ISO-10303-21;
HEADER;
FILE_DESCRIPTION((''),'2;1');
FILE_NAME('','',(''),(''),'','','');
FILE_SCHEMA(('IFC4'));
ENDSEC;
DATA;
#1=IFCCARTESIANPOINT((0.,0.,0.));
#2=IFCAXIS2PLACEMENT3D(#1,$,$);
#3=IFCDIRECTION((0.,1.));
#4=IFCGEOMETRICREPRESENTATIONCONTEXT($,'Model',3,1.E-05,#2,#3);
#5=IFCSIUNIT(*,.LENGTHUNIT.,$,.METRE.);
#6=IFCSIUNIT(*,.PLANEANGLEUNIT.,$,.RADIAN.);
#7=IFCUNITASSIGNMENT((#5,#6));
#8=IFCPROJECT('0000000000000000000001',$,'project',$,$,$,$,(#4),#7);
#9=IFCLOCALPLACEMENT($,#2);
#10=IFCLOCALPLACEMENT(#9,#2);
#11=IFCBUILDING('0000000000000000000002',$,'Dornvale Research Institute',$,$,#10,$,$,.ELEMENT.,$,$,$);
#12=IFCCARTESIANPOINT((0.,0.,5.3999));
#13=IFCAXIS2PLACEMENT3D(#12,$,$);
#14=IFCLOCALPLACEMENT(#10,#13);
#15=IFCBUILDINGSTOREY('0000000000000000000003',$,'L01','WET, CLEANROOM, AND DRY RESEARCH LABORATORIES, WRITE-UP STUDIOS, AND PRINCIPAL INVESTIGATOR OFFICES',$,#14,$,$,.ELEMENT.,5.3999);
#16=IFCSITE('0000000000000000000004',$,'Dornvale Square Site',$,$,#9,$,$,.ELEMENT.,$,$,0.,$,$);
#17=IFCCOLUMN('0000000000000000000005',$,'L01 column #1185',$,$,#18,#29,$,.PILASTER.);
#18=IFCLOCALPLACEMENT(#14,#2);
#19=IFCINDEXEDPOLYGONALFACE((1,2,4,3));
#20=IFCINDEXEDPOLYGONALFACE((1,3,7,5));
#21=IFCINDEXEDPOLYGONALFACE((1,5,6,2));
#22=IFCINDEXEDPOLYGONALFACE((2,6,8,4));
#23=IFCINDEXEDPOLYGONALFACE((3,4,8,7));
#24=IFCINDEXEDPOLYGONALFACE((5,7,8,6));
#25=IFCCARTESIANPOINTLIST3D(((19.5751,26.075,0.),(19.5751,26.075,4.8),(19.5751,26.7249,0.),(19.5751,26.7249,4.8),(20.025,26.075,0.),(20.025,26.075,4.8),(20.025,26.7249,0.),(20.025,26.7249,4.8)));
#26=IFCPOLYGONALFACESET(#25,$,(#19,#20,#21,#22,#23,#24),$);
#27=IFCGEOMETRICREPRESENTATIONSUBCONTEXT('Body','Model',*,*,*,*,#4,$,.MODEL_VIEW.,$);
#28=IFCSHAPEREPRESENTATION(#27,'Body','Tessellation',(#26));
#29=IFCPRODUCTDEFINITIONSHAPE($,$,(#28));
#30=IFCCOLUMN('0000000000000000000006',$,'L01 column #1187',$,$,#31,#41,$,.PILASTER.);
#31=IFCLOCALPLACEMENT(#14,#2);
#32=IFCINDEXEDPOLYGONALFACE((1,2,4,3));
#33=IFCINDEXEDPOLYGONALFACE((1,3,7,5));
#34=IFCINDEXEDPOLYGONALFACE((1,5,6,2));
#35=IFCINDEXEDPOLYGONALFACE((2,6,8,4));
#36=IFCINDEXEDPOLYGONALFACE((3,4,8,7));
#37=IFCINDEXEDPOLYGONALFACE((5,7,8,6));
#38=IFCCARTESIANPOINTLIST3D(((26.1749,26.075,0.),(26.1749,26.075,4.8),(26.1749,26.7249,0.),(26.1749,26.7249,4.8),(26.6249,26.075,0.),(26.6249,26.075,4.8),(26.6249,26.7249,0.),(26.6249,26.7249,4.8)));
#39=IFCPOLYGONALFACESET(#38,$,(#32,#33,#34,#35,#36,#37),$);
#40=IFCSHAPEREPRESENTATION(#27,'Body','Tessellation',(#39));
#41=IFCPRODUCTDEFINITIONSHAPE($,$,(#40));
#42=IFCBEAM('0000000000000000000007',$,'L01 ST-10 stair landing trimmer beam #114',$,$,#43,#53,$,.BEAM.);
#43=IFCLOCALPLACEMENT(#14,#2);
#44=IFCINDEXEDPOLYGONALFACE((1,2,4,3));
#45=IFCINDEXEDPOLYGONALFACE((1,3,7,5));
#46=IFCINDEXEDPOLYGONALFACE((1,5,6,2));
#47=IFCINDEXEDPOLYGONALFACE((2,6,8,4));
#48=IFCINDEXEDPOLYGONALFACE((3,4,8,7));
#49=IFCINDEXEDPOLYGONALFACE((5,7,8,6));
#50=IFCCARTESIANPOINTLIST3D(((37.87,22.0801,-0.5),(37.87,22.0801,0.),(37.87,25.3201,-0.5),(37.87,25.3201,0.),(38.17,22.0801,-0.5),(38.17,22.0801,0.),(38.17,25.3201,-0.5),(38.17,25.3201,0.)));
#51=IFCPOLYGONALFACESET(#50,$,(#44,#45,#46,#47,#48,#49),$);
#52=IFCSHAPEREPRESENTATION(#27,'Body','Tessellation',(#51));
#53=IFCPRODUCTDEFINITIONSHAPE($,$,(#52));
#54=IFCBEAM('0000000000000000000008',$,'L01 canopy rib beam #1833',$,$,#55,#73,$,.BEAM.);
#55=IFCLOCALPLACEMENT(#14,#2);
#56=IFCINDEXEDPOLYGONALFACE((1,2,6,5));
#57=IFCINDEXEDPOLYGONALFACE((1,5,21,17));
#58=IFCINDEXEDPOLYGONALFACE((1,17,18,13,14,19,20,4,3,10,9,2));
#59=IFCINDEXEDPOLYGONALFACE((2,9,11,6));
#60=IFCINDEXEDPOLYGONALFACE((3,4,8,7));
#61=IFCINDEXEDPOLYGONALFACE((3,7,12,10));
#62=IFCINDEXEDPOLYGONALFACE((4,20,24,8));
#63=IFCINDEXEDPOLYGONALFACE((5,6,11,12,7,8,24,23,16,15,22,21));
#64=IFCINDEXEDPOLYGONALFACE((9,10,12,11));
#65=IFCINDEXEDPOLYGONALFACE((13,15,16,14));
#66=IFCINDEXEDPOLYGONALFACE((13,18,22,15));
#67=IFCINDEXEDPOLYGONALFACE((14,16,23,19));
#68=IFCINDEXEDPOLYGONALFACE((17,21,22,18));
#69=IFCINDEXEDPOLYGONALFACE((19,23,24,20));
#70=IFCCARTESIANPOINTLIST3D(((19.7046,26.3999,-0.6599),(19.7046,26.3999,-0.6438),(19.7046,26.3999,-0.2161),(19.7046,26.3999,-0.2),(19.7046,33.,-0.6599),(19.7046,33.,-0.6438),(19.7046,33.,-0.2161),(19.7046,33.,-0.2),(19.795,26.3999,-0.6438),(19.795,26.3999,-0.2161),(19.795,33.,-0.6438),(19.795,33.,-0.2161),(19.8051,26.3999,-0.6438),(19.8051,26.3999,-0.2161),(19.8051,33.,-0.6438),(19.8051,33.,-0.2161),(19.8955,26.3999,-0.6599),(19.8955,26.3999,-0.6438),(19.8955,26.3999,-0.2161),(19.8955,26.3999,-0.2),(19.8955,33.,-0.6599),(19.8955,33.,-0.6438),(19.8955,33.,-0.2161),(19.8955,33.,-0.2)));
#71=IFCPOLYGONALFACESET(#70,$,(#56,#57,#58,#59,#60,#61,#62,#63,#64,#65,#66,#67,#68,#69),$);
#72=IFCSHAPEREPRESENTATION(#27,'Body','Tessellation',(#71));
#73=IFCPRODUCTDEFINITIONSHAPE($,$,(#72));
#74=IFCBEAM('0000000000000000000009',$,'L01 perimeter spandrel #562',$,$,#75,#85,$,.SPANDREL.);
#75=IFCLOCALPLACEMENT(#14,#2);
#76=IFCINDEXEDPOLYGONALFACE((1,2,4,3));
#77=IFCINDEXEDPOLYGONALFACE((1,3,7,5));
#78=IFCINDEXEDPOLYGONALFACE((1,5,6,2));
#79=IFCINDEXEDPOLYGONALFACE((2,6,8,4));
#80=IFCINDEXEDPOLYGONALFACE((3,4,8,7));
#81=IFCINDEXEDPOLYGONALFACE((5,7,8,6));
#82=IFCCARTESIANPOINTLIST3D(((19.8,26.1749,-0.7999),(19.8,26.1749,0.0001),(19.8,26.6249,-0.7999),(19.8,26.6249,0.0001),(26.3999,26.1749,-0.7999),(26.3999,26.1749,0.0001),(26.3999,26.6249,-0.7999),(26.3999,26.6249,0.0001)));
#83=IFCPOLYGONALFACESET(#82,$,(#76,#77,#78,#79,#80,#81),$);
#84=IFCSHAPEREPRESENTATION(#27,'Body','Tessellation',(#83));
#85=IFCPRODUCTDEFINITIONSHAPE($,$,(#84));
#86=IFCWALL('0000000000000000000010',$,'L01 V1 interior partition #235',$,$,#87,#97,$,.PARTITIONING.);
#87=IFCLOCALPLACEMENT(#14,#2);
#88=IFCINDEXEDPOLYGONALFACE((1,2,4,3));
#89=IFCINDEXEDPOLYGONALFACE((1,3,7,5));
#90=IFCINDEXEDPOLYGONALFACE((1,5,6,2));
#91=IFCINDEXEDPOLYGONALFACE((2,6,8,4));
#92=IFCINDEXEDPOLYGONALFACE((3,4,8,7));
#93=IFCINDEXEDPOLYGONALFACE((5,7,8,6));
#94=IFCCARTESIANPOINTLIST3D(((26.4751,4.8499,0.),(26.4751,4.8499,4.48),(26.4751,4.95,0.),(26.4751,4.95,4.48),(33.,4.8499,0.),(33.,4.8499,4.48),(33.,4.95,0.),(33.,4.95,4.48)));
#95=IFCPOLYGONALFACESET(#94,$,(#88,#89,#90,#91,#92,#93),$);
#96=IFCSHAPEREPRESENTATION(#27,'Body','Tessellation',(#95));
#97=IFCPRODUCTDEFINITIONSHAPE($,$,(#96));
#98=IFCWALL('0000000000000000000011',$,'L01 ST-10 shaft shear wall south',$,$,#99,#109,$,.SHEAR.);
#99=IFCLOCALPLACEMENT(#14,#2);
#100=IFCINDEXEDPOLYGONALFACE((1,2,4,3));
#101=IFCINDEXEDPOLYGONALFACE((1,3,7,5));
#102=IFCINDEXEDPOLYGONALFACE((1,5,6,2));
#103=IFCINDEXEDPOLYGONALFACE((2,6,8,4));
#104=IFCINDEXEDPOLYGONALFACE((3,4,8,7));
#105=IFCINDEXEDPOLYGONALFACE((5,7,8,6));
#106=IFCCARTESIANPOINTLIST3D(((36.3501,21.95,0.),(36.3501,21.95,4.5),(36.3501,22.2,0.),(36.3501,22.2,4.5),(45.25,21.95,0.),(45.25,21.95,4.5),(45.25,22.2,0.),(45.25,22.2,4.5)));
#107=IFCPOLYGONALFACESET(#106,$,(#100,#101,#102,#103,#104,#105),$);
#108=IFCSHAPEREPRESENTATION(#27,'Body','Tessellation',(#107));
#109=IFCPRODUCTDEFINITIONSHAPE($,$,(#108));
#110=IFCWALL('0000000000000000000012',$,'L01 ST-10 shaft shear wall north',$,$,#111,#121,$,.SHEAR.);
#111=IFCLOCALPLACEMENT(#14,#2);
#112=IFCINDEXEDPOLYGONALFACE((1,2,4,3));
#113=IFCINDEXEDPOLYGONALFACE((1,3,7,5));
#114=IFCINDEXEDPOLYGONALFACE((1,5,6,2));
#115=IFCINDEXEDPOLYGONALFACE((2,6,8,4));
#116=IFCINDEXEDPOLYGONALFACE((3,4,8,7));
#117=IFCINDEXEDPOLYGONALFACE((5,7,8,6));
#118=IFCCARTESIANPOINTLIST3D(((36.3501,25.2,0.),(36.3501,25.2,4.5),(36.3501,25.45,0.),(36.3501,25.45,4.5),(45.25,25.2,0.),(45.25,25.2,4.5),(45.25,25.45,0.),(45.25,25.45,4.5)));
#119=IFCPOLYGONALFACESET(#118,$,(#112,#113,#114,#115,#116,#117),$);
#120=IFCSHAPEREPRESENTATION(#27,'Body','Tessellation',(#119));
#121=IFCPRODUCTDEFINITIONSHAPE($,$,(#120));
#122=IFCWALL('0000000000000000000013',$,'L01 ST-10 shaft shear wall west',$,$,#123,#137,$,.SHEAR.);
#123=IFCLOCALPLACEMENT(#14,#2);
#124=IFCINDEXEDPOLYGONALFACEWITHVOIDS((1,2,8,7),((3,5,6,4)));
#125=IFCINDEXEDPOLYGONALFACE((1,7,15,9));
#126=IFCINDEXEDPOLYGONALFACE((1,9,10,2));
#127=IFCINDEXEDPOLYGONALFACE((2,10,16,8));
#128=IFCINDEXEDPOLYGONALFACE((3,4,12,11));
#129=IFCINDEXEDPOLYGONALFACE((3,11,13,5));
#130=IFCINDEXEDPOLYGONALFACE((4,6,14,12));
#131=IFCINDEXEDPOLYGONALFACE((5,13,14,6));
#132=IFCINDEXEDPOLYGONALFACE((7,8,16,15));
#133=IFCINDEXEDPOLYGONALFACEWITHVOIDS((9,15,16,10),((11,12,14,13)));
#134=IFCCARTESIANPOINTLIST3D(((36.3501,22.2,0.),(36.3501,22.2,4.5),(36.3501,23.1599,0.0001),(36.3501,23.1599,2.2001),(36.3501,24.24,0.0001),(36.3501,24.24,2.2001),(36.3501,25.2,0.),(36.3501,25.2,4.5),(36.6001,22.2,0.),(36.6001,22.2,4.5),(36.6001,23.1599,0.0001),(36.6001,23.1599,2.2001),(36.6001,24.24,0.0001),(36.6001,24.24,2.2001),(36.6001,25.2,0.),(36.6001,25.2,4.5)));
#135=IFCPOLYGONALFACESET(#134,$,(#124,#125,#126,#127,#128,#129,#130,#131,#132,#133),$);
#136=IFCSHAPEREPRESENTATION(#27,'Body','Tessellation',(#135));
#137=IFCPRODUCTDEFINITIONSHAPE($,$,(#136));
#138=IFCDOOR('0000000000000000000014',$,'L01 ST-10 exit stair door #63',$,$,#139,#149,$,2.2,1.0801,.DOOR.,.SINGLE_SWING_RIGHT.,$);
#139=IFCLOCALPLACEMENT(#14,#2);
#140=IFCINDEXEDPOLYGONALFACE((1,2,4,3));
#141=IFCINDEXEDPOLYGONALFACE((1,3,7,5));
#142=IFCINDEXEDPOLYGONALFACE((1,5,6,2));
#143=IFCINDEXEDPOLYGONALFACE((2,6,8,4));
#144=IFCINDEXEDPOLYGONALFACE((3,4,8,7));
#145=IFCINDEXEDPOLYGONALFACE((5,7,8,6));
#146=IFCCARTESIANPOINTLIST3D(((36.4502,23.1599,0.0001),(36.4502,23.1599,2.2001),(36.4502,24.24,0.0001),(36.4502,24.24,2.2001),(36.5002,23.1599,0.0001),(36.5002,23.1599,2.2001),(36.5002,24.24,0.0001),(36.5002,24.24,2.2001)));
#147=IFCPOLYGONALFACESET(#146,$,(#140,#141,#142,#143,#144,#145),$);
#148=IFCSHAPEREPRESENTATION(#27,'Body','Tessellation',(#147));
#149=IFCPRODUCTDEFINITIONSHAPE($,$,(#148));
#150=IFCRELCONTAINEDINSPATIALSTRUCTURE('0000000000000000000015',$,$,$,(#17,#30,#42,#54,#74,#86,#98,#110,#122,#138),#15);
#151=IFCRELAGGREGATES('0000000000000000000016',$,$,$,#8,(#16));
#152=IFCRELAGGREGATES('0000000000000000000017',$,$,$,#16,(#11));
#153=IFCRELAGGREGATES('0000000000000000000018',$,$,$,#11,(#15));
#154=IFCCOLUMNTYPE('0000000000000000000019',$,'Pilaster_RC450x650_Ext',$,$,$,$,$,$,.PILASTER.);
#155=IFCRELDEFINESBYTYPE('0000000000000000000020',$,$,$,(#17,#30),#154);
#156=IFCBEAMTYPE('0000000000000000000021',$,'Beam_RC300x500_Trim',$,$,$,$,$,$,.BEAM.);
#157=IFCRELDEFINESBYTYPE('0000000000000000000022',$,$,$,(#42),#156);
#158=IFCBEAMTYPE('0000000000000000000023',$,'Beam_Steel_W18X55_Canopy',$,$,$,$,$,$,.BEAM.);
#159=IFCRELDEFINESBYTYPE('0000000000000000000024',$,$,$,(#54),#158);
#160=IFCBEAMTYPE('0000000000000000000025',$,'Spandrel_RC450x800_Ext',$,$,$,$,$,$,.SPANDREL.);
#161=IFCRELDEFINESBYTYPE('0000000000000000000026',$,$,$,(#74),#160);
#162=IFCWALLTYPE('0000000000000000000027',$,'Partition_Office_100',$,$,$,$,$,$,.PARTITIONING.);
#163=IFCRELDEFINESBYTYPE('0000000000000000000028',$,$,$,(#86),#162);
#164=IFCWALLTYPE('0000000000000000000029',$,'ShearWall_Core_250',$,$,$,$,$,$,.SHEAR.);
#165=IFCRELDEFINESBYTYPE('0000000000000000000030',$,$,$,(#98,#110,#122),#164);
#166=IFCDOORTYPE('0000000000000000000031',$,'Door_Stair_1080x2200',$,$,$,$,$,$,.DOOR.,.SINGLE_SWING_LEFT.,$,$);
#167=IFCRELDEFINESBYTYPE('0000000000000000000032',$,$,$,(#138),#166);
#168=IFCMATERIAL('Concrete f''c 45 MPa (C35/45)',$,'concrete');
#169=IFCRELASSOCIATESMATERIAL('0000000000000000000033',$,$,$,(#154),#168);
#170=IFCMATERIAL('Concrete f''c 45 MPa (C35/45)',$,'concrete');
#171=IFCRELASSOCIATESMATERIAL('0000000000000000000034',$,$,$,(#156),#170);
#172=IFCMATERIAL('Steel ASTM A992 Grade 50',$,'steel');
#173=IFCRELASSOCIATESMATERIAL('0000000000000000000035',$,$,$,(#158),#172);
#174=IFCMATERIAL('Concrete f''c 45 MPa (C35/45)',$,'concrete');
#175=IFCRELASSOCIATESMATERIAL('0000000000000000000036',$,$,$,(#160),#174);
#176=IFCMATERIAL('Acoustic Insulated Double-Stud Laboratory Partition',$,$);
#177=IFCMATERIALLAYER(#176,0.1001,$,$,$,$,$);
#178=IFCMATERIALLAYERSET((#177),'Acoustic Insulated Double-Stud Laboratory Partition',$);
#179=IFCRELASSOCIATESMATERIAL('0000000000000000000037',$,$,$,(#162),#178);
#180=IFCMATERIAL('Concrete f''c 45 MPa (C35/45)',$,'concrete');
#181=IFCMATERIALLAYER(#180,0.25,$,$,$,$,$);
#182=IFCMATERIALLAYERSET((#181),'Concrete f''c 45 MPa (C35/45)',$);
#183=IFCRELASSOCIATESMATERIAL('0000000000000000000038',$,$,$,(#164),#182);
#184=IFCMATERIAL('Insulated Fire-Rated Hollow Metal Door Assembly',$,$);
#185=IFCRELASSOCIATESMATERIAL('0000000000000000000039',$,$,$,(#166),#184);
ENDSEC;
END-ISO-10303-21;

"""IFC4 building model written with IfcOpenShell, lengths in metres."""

from ifc_helpers import new_model, si_unit, direction, frame, frame_2d, origin, origin_2d, place, context, subcontext, project, spatial, rectangle, i_section, extrude, material, layer, layer_set, material_profile, profile_set, type_object, element, fill, save


model = new_model("IFC4")

# Units and contexts
model_context = context("Model", 3, precision=1e-05, world=origin(), true_north=direction((0.0, 1.0)))
body_context = subcontext(model_context, "Body", "Model", "MODEL_VIEW")
ifc_project = project(units=[si_unit("LENGTHUNIT", "METRE"), si_unit("PLANEANGLEUNIT", "RADIAN")], contexts=[model_context])

# Site, building, storey
site_placement = place(None, origin())
site = spatial("IfcSite", under=ifc_project, at=site_placement, Name="Dornvale Square Site", CompositionType="ELEMENT", RefElevation=0.0)
building_placement = place(site_placement, origin())
building = spatial("IfcBuilding", under=site, at=building_placement, Name="Dornvale Research Institute", CompositionType="ELEMENT")
storey_placement = place(building_placement, frame((0.0, 0.0, 5.3999)))
storey = spatial("IfcBuildingStorey", under=building, at=storey_placement, Name="L01", Description="WET, CLEANROOM, AND DRY RESEARCH LABORATORIES, WRITE-UP STUDIOS, AND PRINCIPAL INVESTIGATOR OFFICES", CompositionType="ELEMENT", Elevation=5.3999)

# Columns
ifc_material_1 = material(Name="Concrete f'c 45 MPa (C35/45)", Category="concrete")
ifc_material_profile_1 = material_profile(ifc_material_1, rectangle(XDim=0.45, YDim=0.6499, at=origin_2d()), Name="RC 450x650")
ifc_profile_set_1 = profile_set([ifc_material_profile_1], Name="Concrete f'c 45 MPa (C35/45)")
column_type = type_object("IfcColumnType", Name="Pilaster_RC450x650_Ext", PredefinedType="PILASTER", material=ifc_profile_set_1)
for number, where, z_axis, x_axis, name in (
    (1, (19.8, 26.3999, 0.0), (0.0, 0.0, 1.0), (1.0, 0.0, 0.0), "L01 column #1185"),
    (2, (26.3999, 26.3999, 0.0), (0.0, 0.0, 1.0), (1.0, 0.0, 0.0), "L01 column #1187"),
):
    element("IfcColumn", number, at=place(storey_placement, frame(where, z_axis=z_axis, x_axis=x_axis)), inside=storey, type_object=column_type, Name=name, PredefinedType="PILASTER", context=body_context, shape_type="SweptSolid", body=[
        extrude(rectangle(XDim=0.45, YDim=0.6499, at=origin_2d()), origin(), (0.0, 0.0, 1.0), 4.8),
    ])

# Beams
ifc_material_2 = material(Name="Concrete f'c 45 MPa (C35/45)", Category="concrete")
ifc_material_profile_2 = material_profile(ifc_material_2, rectangle(XDim=0.3, YDim=0.5, at=origin_2d()), Name="RC 300x500")
ifc_profile_set_2 = profile_set([ifc_material_profile_2], Name="Concrete f'c 45 MPa (C35/45)")
beam_type_1 = type_object("IfcBeamType", Name="Beam_RC300x500_Trim", PredefinedType="BEAM", material=ifc_profile_set_2)
beam_1_placement = place(storey_placement, frame((38.02, 22.0801, -0.25), z_axis=(0.0, 1.0, 0.0), x_axis=(-1.0, 0.0, 0.0)))
element("IfcBeam", 3, at=beam_1_placement, inside=storey, type_object=beam_type_1, Name="L01 ST-10 stair landing trimmer beam #114", PredefinedType="BEAM", context=body_context, shape_type="SweptSolid", body=[
    extrude(rectangle(XDim=0.3, YDim=0.5, at=origin_2d()), origin(), (0.0, 0.0, 1.0), 3.24),
])
ifc_material_3 = material(Name="Steel ASTM A992 Grade 50", Category="steel")
ifc_material_profile_3 = material_profile(ifc_material_3, i_section(OverallWidth=0.1909, OverallDepth=0.46, WebThickness=0.01, FlangeThickness=0.0161, at=origin_2d()), Name="W18X55")
ifc_profile_set_3 = profile_set([ifc_material_profile_3], Name="Steel ASTM A992 Grade 50")
beam_type_2 = type_object("IfcBeamType", Name="Beam_Steel_W18X55_Canopy", PredefinedType="BEAM", material=ifc_profile_set_3)
beam_2_placement = place(storey_placement, frame((19.8, 26.3999, -0.4299), z_axis=(0.0, 1.0, 0.0), x_axis=(-1.0, 0.0, 0.0)))
element("IfcBeam", 4, at=beam_2_placement, inside=storey, type_object=beam_type_2, Name="L01 canopy rib beam #1833", PredefinedType="BEAM", context=body_context, shape_type="SweptSolid", body=[
    extrude(i_section(OverallWidth=0.1909, OverallDepth=0.46, WebThickness=0.01, FlangeThickness=0.0161, at=origin_2d()), origin(), (0.0, 0.0, 1.0), 6.6001),
])
ifc_material_4 = material(Name="Concrete f'c 45 MPa (C35/45)", Category="concrete")
ifc_material_profile_4 = material_profile(ifc_material_4, rectangle(XDim=0.45, YDim=0.8, at=origin_2d()), Name="RC 450x800")
ifc_profile_set_4 = profile_set([ifc_material_profile_4], Name="Concrete f'c 45 MPa (C35/45)")
beam_type_3 = type_object("IfcBeamType", Name="Spandrel_RC450x800_Ext", PredefinedType="SPANDREL", material=ifc_profile_set_4)
beam_3_placement = place(storey_placement, frame((19.8, 26.3999, -0.3999), z_axis=(1.0, 0.0, 0.0), x_axis=(0.0, 1.0, 0.0)))
element("IfcBeam", 5, at=beam_3_placement, inside=storey, type_object=beam_type_3, Name="L01 perimeter spandrel #562", PredefinedType="SPANDREL", context=body_context, shape_type="SweptSolid", body=[
    extrude(rectangle(XDim=0.45, YDim=0.8, at=origin_2d()), origin(), (0.0, 0.0, 1.0), 6.5999),
])

# Walls
ifc_material_5 = material(Name="Acoustic Insulated Double-Stud Laboratory Partition")
ifc_layer_1 = layer(ifc_material_5, 0.1001)
ifc_layer_set_1 = layer_set([ifc_layer_1], Name="Acoustic Insulated Double-Stud Laboratory Partition")
wall_type_1 = type_object("IfcWallType", Name="Partition_Office_100", PredefinedType="PARTITIONING", material=ifc_layer_set_1)
wall_1_placement = place(storey_placement, frame((26.4751, 4.8999, 0.0), z_axis=(0.0, 0.0, 1.0), x_axis=(1.0, 0.0, 0.0)))
element("IfcWall", 6, at=wall_1_placement, inside=storey, type_object=wall_type_1, Name="L01 V1 interior partition #235", PredefinedType="PARTITIONING", context=body_context, shape_type="SweptSolid", body=[
    extrude(rectangle(XDim=6.5249, YDim=0.1001, at=frame_2d((3.2625, 0.0))), origin(), (0.0, 0.0, 1.0), 4.48),
])
ifc_material_6 = material(Name="Concrete f'c 45 MPa (C35/45)", Category="concrete")
ifc_layer_2 = layer(ifc_material_6, 0.25)
ifc_layer_set_2 = layer_set([ifc_layer_2], Name="Concrete f'c 45 MPa (C35/45)")
wall_type_2 = type_object("IfcWallType", Name="ShearWall_Core_250", PredefinedType="SHEAR", material=ifc_layer_set_2)
for number, where, z_axis, x_axis, name in (
    (7, (36.3501, 22.075, 0.0), (0.0, 0.0, 1.0), (1.0, 0.0, 0.0), "L01 ST-10 shaft shear wall south"),
    (8, (36.3501, 25.325, 0.0), (0.0, 0.0, 1.0), (1.0, 0.0, 0.0), "L01 ST-10 shaft shear wall north"),
):
    element("IfcWall", number, at=place(storey_placement, frame(where, z_axis=z_axis, x_axis=x_axis)), inside=storey, type_object=wall_type_2, Name=name, PredefinedType="SHEAR", context=body_context, shape_type="SweptSolid", body=[
        extrude(rectangle(XDim=8.8999, YDim=0.25, at=frame_2d((4.45, 0.0))), origin(), (0.0, 0.0, 1.0), 4.5),
    ])

# Wall, opening, door
wall_2_placement = place(storey_placement, frame((36.4751, 22.2, 0.0), z_axis=(0.0, 0.0, 1.0), x_axis=(0.0, 1.0, 0.0)))
wall_2 = element("IfcWall", 9, at=wall_2_placement, inside=storey, type_object=wall_type_2, Name="L01 ST-10 shaft shear wall west", PredefinedType="SHEAR", context=body_context, shape_type="SweptSolid", body=[
    extrude(rectangle(XDim=3.0, YDim=0.25, at=frame_2d((1.5, 0.0))), origin(), (0.0, 0.0, 1.0), 4.5),
])
opening_1_placement = place(wall_2_placement, frame((0.96, 0.0, 0.0)))
opening_1 = element("IfcOpeningElement", 10, at=opening_1_placement, cuts=wall_2, PredefinedType="OPENING", context=body_context, shape_type="SweptSolid", body=[
    extrude(rectangle(XDim=1.0801, YDim=2.2, at=frame_2d((0.54, 1.1001))), frame((0.0, 0.1399, 0.0), z_axis=(0.0, -1.0, 0.0), x_axis=(1.0, 0.0, 0.0)), (0.0, 0.0, 1.0), 0.28),
])
ifc_material_7 = material(Name="Insulated Fire-Rated Hollow Metal Door Assembly")
door_type = type_object("IfcDoorType", Name="Door_Stair_1080x2200", OperationType="SINGLE_SWING_LEFT", PredefinedType="DOOR", material=ifc_material_7)
door_placement = place(opening_1_placement, origin())
door = element("IfcDoor", 11, at=door_placement, inside=storey, type_object=door_type, Name="L01 ST-10 exit stair door #63", OperationType="SINGLE_SWING_RIGHT", OverallHeight=2.2, OverallWidth=1.0801, PredefinedType="DOOR", context=body_context, shape_type="SweptSolid", body=[
    extrude(rectangle(XDim=1.0801, YDim=2.2, at=frame_2d((0.54, 1.1001))), frame((0.0, 0.0249, 0.0), z_axis=(0.0, -1.0, 0.0), x_axis=(1.0, 0.0, 0.0)), (0.0, 0.0, 1.0), 0.05),
])
fill(opening_1, door)

save(model, "model.ifc")
